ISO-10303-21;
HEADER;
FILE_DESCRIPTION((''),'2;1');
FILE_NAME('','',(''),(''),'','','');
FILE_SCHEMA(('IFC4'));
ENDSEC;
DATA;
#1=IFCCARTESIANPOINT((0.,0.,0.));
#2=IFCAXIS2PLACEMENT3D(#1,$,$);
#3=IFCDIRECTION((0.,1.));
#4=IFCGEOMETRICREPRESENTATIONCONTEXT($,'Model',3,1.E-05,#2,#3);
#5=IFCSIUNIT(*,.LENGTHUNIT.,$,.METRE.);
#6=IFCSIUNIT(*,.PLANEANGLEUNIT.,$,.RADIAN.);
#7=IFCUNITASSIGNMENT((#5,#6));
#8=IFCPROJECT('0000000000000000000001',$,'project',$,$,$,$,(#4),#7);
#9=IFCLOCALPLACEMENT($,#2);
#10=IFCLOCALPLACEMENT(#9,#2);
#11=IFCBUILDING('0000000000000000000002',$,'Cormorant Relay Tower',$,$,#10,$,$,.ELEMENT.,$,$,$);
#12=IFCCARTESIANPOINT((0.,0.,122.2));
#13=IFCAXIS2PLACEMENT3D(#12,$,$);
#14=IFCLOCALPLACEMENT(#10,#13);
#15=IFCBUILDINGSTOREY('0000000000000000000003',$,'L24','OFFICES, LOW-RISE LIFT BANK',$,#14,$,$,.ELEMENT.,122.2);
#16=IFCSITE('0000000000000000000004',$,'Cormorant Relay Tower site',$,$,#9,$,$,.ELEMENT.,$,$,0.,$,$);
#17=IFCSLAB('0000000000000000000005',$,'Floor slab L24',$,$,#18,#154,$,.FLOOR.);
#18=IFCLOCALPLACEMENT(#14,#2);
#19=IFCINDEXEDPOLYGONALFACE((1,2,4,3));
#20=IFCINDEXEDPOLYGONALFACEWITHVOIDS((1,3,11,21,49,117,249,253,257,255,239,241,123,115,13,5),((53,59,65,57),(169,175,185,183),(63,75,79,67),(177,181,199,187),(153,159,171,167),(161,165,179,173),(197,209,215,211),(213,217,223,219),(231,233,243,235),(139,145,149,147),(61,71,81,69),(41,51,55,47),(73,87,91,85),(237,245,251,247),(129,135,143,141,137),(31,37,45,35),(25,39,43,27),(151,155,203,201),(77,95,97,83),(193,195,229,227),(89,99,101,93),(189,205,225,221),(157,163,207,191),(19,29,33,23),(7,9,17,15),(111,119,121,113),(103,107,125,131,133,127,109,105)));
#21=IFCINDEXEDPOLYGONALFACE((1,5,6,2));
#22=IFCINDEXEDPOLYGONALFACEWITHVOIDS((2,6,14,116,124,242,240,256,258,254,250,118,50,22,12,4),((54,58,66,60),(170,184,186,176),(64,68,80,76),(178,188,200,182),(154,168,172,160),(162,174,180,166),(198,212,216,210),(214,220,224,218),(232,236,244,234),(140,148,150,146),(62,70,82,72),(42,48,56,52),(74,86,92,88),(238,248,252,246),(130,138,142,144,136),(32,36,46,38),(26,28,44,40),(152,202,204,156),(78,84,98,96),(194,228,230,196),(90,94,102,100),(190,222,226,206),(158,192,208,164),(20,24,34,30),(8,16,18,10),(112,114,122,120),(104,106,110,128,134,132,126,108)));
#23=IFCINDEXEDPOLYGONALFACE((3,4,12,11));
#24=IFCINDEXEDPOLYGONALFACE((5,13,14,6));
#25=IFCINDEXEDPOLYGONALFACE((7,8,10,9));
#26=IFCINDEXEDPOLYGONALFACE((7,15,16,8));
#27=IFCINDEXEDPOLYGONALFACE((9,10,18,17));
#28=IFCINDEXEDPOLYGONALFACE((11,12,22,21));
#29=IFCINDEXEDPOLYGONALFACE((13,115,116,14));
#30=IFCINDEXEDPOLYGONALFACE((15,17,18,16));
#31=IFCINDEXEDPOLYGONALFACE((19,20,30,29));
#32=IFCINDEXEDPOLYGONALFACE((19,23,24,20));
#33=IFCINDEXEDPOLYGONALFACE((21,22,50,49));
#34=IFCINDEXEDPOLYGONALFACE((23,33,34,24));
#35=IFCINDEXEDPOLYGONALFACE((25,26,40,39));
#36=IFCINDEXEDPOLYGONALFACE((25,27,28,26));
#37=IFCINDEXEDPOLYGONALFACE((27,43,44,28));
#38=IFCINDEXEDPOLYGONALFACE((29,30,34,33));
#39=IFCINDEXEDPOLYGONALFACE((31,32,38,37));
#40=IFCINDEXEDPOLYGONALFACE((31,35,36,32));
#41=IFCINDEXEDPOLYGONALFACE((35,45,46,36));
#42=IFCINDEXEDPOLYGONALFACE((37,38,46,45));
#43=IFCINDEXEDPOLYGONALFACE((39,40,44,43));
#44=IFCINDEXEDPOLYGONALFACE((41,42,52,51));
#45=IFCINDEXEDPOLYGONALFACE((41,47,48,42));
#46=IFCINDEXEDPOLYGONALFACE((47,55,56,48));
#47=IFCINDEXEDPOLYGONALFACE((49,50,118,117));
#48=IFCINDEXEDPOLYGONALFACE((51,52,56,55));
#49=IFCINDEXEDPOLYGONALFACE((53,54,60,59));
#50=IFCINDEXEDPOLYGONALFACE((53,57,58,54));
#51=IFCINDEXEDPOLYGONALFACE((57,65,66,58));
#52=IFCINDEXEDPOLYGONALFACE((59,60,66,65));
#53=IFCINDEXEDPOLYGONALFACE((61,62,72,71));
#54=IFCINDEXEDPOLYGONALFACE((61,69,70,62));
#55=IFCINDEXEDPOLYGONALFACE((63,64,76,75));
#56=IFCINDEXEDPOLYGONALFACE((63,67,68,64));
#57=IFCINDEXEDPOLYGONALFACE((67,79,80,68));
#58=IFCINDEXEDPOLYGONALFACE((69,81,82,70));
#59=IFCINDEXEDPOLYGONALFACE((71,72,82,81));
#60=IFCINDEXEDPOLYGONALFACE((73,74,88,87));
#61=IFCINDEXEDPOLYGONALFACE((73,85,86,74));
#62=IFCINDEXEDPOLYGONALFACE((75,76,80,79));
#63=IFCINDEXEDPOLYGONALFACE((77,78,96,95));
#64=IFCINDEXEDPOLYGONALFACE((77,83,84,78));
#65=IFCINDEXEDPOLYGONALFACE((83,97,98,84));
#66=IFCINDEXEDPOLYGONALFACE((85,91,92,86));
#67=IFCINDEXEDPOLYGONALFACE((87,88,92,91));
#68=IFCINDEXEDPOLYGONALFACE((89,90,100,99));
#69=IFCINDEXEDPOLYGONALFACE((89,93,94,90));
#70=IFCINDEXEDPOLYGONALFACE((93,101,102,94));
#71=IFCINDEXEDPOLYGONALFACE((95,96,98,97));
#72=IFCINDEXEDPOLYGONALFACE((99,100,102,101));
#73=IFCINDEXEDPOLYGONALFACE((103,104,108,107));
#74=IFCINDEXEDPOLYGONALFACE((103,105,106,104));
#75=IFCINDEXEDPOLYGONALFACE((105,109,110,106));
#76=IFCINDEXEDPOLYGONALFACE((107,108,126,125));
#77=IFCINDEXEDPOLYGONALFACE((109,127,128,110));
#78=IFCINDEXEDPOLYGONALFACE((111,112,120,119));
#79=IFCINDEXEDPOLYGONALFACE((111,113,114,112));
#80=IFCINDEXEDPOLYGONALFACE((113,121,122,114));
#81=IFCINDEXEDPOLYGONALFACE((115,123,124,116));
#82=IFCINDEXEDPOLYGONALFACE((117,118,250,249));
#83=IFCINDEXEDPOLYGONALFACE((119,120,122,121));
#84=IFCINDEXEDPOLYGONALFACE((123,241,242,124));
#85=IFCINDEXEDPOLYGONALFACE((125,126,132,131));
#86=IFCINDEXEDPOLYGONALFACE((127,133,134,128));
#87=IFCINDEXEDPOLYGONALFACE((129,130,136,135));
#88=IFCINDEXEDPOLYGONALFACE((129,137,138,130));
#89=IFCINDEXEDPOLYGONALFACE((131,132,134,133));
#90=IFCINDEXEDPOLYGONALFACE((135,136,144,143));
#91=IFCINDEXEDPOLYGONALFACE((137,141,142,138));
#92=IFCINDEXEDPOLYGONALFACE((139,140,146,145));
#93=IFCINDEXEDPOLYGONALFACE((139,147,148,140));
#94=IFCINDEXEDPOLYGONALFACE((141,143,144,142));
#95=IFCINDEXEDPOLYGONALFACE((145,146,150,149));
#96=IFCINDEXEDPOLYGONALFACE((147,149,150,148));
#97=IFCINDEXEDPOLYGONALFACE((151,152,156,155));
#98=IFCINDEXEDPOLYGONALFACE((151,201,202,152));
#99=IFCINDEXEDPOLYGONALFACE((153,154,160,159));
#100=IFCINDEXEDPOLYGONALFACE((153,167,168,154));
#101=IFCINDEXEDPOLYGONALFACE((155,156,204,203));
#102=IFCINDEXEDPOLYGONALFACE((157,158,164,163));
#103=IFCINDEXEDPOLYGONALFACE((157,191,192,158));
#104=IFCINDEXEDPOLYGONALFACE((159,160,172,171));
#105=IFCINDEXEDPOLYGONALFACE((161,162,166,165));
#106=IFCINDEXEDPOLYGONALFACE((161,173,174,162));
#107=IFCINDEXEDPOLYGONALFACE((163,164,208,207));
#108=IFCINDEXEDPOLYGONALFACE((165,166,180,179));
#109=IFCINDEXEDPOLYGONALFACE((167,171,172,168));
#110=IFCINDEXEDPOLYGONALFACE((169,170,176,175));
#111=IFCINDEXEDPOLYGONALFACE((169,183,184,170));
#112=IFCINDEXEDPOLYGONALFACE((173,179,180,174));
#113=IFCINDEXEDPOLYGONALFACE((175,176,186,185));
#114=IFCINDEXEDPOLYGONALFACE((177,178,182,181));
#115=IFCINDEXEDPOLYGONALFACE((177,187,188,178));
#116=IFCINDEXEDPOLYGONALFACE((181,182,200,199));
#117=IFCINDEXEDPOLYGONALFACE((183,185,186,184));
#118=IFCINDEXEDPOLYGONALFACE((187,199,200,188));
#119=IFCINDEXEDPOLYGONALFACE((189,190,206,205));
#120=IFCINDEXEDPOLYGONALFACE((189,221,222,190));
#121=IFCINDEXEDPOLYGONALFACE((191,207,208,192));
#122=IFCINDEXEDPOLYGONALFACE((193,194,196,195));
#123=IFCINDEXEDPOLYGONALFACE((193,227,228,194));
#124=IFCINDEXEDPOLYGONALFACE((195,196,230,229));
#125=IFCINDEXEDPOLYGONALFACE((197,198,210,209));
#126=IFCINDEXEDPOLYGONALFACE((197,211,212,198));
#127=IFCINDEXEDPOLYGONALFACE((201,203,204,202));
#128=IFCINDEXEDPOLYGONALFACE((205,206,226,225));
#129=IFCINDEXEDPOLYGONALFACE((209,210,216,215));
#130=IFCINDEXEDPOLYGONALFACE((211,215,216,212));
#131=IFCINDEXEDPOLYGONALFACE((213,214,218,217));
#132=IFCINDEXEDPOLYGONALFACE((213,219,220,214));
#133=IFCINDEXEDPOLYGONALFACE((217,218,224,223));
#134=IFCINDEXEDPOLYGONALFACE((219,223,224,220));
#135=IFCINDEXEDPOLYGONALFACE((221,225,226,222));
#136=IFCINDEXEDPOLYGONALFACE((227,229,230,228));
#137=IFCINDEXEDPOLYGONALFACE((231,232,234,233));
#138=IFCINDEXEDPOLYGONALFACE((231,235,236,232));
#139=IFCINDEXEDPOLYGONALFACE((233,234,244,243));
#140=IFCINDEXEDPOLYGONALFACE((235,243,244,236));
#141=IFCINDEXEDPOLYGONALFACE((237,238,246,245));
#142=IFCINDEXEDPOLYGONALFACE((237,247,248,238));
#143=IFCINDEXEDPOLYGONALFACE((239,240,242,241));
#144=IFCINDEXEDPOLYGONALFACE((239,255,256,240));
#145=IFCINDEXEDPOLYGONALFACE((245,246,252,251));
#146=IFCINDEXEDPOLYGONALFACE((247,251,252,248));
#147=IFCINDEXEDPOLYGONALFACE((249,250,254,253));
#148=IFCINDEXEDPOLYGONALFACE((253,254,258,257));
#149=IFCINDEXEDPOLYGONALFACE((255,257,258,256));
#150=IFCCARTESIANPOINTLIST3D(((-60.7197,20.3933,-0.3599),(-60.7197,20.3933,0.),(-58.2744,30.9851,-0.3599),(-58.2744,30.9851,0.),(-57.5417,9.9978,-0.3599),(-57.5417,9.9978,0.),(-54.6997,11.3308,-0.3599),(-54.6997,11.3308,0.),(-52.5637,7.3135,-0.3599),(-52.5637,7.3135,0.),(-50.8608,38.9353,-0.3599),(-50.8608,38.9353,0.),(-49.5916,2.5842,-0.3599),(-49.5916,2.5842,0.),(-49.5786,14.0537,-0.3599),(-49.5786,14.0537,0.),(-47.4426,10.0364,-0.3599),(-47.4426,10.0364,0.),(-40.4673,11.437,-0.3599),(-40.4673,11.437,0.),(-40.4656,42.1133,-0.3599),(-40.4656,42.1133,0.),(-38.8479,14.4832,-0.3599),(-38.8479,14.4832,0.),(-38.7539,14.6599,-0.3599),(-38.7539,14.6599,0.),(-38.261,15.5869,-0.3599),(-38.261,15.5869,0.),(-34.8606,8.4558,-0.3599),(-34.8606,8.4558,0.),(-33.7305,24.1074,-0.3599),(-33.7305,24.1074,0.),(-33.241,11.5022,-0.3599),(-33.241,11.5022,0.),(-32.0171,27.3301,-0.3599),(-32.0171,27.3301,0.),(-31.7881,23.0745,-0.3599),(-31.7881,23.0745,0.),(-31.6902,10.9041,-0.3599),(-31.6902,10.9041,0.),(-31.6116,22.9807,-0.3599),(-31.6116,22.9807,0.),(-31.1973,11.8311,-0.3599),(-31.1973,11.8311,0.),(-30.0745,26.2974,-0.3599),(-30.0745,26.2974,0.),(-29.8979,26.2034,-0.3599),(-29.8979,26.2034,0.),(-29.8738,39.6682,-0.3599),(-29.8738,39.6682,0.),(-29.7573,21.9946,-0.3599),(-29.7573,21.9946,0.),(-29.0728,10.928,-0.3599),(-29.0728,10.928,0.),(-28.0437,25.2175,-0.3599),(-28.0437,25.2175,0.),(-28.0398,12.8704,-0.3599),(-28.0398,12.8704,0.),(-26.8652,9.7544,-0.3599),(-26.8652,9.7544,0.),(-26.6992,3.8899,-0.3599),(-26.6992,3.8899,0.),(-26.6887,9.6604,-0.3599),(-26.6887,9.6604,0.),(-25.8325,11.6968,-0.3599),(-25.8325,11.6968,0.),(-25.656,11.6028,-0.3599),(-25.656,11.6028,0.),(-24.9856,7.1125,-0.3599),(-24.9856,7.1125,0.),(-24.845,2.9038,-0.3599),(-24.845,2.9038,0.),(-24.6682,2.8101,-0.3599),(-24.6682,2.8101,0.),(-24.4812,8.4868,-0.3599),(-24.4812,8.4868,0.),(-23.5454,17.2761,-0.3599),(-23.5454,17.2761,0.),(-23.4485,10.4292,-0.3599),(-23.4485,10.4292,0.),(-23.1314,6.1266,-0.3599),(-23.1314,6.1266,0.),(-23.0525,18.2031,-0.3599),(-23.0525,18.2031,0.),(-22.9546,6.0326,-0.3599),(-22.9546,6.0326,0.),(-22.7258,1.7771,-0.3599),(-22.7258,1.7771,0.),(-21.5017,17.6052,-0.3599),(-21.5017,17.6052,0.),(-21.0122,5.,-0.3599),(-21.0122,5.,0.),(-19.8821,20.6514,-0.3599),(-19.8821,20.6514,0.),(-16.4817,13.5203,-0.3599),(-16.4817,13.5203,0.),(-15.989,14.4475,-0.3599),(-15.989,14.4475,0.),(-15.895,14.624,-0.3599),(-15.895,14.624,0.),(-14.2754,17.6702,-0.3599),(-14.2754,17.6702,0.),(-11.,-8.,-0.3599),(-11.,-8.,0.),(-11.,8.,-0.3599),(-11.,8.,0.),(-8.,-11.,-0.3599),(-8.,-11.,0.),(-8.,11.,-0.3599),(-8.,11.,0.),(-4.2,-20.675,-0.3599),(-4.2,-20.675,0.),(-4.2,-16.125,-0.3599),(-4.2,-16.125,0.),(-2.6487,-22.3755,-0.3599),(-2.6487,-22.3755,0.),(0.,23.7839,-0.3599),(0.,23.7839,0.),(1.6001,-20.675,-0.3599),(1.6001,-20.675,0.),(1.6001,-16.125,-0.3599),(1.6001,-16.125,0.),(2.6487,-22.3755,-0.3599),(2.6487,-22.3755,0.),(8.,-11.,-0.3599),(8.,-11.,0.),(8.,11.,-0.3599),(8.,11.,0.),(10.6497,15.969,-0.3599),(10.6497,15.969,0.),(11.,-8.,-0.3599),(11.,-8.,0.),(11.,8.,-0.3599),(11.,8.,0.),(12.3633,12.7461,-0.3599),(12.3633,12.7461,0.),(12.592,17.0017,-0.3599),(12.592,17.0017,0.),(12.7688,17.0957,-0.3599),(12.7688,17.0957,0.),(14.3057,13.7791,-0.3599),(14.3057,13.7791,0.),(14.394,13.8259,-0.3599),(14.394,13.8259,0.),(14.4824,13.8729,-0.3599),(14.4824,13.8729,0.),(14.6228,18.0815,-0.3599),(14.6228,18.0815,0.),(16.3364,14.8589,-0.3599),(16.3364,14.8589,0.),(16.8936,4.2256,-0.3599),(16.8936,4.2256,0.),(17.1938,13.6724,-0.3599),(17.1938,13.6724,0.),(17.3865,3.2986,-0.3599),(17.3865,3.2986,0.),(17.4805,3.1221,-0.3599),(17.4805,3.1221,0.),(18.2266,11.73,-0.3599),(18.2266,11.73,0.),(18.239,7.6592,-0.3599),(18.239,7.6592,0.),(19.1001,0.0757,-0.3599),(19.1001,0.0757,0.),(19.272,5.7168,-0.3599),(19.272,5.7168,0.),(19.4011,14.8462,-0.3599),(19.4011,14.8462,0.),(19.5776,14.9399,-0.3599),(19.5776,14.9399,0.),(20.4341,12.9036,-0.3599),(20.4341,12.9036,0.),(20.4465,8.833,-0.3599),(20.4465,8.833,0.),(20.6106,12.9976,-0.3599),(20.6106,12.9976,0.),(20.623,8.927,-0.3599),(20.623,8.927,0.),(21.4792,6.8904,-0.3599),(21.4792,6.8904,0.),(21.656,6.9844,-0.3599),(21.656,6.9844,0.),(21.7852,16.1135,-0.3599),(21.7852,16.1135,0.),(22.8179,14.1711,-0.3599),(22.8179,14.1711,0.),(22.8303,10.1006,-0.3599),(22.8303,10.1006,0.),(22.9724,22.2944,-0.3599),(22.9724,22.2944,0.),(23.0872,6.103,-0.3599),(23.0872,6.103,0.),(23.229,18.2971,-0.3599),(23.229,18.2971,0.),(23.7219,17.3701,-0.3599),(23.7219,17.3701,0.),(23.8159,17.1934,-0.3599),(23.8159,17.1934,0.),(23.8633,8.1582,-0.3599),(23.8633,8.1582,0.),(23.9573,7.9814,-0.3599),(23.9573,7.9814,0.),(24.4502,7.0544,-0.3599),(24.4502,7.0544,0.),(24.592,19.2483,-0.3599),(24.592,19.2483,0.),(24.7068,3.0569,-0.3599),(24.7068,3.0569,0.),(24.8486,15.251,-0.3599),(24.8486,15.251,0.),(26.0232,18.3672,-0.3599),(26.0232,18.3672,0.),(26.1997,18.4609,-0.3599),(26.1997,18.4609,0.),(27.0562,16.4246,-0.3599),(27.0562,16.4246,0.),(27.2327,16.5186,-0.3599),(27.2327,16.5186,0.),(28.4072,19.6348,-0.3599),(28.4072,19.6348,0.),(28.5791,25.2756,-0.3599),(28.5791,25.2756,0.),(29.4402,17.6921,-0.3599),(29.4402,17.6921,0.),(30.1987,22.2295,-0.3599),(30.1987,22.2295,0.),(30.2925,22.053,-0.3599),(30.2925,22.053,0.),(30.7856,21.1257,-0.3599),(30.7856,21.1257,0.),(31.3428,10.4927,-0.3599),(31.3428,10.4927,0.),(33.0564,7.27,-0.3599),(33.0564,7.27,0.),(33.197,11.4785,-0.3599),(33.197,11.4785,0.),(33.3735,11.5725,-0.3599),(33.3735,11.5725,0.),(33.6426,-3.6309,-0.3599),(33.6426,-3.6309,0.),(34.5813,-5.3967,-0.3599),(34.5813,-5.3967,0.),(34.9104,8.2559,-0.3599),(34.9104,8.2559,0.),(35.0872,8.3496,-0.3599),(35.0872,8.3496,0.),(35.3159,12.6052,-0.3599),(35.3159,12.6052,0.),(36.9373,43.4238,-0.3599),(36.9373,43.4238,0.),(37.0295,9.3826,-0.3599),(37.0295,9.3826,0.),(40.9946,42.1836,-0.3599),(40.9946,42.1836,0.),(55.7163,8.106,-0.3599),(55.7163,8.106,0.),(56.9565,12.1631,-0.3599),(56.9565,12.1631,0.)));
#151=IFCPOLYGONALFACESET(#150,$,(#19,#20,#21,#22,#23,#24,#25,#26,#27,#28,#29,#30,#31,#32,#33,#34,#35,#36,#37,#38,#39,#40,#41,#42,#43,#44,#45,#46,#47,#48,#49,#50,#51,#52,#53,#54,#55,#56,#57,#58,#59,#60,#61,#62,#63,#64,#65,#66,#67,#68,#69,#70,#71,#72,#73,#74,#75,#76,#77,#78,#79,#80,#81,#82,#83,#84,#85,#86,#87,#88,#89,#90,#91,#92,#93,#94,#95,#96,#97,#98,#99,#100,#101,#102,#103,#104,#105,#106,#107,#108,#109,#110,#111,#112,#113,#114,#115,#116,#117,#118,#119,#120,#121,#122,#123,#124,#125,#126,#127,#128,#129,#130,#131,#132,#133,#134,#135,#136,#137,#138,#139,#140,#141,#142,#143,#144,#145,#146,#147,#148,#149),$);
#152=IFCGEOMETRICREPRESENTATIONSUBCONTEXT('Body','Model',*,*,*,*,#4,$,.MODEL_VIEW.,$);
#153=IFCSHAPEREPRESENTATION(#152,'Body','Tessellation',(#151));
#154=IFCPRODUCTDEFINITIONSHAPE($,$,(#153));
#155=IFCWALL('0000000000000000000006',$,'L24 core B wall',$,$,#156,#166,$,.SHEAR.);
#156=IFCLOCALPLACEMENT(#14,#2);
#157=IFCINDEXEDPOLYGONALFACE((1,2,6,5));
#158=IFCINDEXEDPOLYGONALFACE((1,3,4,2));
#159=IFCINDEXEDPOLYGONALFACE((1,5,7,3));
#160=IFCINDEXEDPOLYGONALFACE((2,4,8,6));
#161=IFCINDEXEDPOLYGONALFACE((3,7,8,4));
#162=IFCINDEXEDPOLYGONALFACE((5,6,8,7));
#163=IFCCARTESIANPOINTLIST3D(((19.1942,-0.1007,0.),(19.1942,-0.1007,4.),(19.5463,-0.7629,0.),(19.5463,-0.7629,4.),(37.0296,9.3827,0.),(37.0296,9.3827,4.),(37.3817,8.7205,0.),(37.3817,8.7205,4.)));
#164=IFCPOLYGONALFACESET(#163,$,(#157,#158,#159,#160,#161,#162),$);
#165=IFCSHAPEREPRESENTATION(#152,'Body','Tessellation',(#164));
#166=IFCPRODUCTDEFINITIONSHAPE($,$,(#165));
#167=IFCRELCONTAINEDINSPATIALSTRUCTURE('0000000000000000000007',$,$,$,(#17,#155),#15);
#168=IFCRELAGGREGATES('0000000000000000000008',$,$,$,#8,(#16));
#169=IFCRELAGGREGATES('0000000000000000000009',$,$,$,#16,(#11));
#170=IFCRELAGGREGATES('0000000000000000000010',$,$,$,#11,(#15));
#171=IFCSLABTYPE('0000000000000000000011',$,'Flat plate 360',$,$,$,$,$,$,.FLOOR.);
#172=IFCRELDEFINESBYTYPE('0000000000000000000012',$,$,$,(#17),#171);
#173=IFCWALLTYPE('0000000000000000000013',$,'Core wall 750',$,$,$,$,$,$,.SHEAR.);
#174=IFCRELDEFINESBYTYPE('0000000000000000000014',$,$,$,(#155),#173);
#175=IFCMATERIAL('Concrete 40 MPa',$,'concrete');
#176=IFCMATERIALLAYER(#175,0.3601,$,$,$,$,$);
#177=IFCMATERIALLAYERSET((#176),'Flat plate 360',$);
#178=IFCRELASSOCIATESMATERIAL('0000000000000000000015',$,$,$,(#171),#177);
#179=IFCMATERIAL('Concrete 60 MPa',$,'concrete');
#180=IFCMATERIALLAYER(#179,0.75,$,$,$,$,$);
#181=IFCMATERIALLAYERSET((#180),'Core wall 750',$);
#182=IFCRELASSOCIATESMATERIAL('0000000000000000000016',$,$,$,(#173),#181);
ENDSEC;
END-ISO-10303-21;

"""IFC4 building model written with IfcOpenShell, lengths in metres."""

from ifc_helpers import new_model, si_unit, direction, frame, frame_2d, origin, place, context, subcontext, project, spatial, polyline, rectangle, outline, extrude, material, layer, layer_set, type_object, element, save


model = new_model("IFC4")

# Units and contexts
model_context = context("Model", 3, precision=1e-05, world=origin(), true_north=direction((0.0, 1.0)))
body_context = subcontext(model_context, "Body", "Model", "MODEL_VIEW")
ifc_project = project(units=[si_unit("LENGTHUNIT", "METRE"), si_unit("PLANEANGLEUNIT", "RADIAN")], contexts=[model_context])

# Site, building, storey
site_placement = place(None, origin())
site = spatial("IfcSite", under=ifc_project, at=site_placement, Name="Cormorant Relay Tower site", CompositionType="ELEMENT", RefElevation=0.0)
building_placement = place(site_placement, origin())
building = spatial("IfcBuilding", under=site, at=building_placement, Name="Cormorant Relay Tower", CompositionType="ELEMENT")
storey_placement = place(building_placement, frame((0.0, 0.0, 122.2)))
storey = spatial("IfcBuildingStorey", under=building, at=storey_placement, Name="L24", Description="OFFICES, LOW-RISE LIFT BANK", CompositionType="ELEMENT", Elevation=122.2)

# Slab
ifc_material_1 = material(Name="Concrete 40 MPa", Category="concrete")
ifc_layer_1 = layer(ifc_material_1, 0.3601)
ifc_layer_set_1 = layer_set([ifc_layer_1], Name="Flat plate 360")
slab_type_1 = type_object("IfcSlabType", Name="Flat plate 360", PredefinedType="FLOOR", material=ifc_layer_set_1)
slab_1_placement = place(storey_placement, frame((0.0, 0.0, -0.3599)))
element("IfcSlab", 1, at=slab_1_placement, inside=storey, type_object=slab_type_1, Name="Floor slab L24", PredefinedType="FLOOR", context=body_context, shape_type="SweptSolid", body=[
    extrude(outline(polyline([(-60.7197, 20.3933), (-58.2744, 30.9851), (-50.8608, 38.9353), (-40.4656, 42.1133), (-29.8738, 39.6682), (0.0, 23.7839), (36.9373, 43.4238), (40.9946, 42.1836), (56.9565, 12.1631), (55.7163, 8.106), (33.6426, -3.6309), (34.5813, -5.3967), (2.6487, -22.3755), (-2.6487, -22.3755), (-49.5916, 2.5842), (-57.5417, 9.9978), (-60.7197, 20.3933)]), holes=[polyline([(11.0, -8.0), (11.0, 8.0), (8.0, 11.0), (-8.0, 11.0), (-11.0, 8.0), (-11.0, -8.0), (-8.0, -11.0), (8.0, -11.0), (11.0, -8.0)]), polyline([(-4.2, -16.125), (-4.2, -20.675), (1.6001, -20.675), (1.6001, -16.125), (-4.2, -16.125)]), polyline([(-22.9546, 6.0327), (-24.6682, 2.8101), (-22.7258, 1.7771), (-21.0122, 5.0), (-23.043, 6.0796), (-22.9546, 6.0327)]), polyline([(-24.9856, 7.1125), (-26.6992, 3.8899), (-24.845, 2.9038), (-23.1313, 6.1267), (-23.043, 6.0796), (-24.9856, 7.1125)]), polyline([(-24.4812, 8.4868), (-23.4485, 10.4292), (-25.656, 11.6028), (-26.6887, 9.6604), (-24.4812, 8.4868)]), polyline([(-49.5786, 14.0537), (-54.6997, 11.3308), (-52.5637, 7.3135), (-47.4426, 10.0364), (-49.5786, 14.0537)]), polyline([(-25.8325, 11.6968), (-28.0398, 12.8704), (-29.0728, 10.928), (-26.8652, 9.7544), (-25.8325, 11.6968)]), polyline([(-38.8479, 14.4832), (-40.4673, 11.437), (-34.8606, 8.4558), (-33.241, 11.5022), (-38.8479, 14.4832)]), polyline([(-38.261, 15.5869), (-38.7539, 14.6599), (-31.6902, 10.9041), (-31.1973, 11.8311), (-38.261, 15.5869)]), polyline([(14.3057, 13.7791), (12.592, 17.0017), (10.6497, 15.969), (12.3633, 12.7461), (14.394, 13.8259), (14.3057, 13.7791)]), polyline([(16.3364, 14.8589), (14.6228, 18.0815), (12.7688, 17.0957), (14.4824, 13.8728), (14.394, 13.8259), (16.3364, 14.8589)]), polyline([(-16.4817, 13.5203), (-15.989, 14.4475), (-23.0525, 18.2031), (-23.5454, 17.2761), (-16.4817, 13.5203)]), polyline([(-21.5017, 17.6052), (-15.895, 14.624), (-14.2754, 17.6702), (-19.8821, 20.6514), (-21.5017, 17.6052)]), polyline([(-31.6116, 22.9807), (-29.7573, 21.9946), (-28.0437, 25.2175), (-29.8979, 26.2034), (-31.6116, 22.9807)]), polyline([(-32.0171, 27.3301), (-33.7305, 24.1074), (-31.7881, 23.0745), (-30.0745, 26.2974), (-32.0171, 27.3301)]), polyline([(17.4805, 3.1221), (19.1001, 0.0757), (24.7068, 3.0569), (23.0872, 6.103), (17.4805, 3.1221)]), polyline([(16.8936, 4.2256), (17.3865, 3.2986), (24.4502, 7.0544), (23.9573, 7.9814), (16.8936, 4.2256)]), polyline([(20.4465, 8.833), (18.239, 7.6592), (19.272, 5.7168), (21.4792, 6.8904), (20.4465, 8.833)]), polyline([(21.656, 6.9844), (23.8633, 8.1582), (22.8303, 10.1006), (20.623, 8.927), (21.656, 6.9844)]), polyline([(33.197, 11.4785), (31.3428, 10.4927), (33.0564, 7.27), (34.9104, 8.2559), (33.197, 11.4785)]), polyline([(33.3735, 11.5725), (35.0872, 8.3496), (37.0295, 9.3826), (35.3159, 12.6052), (33.3735, 11.5725)]), polyline([(17.1938, 13.6724), (18.2266, 11.73), (20.4341, 12.9036), (19.4011, 14.8462), (17.1938, 13.6724)]), polyline([(20.6106, 12.9976), (22.8179, 14.1711), (21.7852, 16.1135), (19.5776, 14.9399), (20.6106, 12.9976)]), polyline([(26.0232, 18.3672), (23.8159, 17.1934), (24.8486, 15.251), (27.0562, 16.4246), (26.0232, 18.3672)]), polyline([(29.4402, 17.6921), (28.4072, 19.6348), (26.1997, 18.4609), (27.2327, 16.5186), (29.4402, 17.6921)]), polyline([(30.7856, 21.1257), (30.2925, 22.053), (23.229, 18.2971), (23.7219, 17.3701), (30.7856, 21.1257)]), polyline([(24.592, 19.2483), (30.1987, 22.2295), (28.5791, 25.2756), (22.9724, 22.2944), (24.592, 19.2483)])]), origin(), (0.0, 0.0, 1.0), 0.3599),
])

# Shared definitions
ifc_material_2 = material(Name="Concrete 60 MPa", Category="concrete")
ifc_layer_2 = layer(ifc_material_2, 0.75)
ifc_layer_set_2 = layer_set([ifc_layer_2], Name="Core wall 750")
wall_type_1 = type_object("IfcWallType", Name="Core wall 750", PredefinedType="SHEAR", material=ifc_layer_set_2)

# Wall
wall_1_placement = place(storey_placement, frame((19.3701, -0.4319, 0.0), z_axis=(0.0, 0.0, 1.0), x_axis=(0.882945, 0.469476, 0.0)))
element("IfcWall", 2, at=wall_1_placement, inside=storey, type_object=wall_type_1, Name="L24 core B wall", PredefinedType="SHEAR", context=body_context, shape_type="SweptSolid", body=[
    extrude(rectangle(XDim=20.2, YDim=0.75, at=frame_2d((10.1001, 0.0))), origin(), (0.0, 0.0, 1.0), 4.0),
])

save(model, "model.ifc")
